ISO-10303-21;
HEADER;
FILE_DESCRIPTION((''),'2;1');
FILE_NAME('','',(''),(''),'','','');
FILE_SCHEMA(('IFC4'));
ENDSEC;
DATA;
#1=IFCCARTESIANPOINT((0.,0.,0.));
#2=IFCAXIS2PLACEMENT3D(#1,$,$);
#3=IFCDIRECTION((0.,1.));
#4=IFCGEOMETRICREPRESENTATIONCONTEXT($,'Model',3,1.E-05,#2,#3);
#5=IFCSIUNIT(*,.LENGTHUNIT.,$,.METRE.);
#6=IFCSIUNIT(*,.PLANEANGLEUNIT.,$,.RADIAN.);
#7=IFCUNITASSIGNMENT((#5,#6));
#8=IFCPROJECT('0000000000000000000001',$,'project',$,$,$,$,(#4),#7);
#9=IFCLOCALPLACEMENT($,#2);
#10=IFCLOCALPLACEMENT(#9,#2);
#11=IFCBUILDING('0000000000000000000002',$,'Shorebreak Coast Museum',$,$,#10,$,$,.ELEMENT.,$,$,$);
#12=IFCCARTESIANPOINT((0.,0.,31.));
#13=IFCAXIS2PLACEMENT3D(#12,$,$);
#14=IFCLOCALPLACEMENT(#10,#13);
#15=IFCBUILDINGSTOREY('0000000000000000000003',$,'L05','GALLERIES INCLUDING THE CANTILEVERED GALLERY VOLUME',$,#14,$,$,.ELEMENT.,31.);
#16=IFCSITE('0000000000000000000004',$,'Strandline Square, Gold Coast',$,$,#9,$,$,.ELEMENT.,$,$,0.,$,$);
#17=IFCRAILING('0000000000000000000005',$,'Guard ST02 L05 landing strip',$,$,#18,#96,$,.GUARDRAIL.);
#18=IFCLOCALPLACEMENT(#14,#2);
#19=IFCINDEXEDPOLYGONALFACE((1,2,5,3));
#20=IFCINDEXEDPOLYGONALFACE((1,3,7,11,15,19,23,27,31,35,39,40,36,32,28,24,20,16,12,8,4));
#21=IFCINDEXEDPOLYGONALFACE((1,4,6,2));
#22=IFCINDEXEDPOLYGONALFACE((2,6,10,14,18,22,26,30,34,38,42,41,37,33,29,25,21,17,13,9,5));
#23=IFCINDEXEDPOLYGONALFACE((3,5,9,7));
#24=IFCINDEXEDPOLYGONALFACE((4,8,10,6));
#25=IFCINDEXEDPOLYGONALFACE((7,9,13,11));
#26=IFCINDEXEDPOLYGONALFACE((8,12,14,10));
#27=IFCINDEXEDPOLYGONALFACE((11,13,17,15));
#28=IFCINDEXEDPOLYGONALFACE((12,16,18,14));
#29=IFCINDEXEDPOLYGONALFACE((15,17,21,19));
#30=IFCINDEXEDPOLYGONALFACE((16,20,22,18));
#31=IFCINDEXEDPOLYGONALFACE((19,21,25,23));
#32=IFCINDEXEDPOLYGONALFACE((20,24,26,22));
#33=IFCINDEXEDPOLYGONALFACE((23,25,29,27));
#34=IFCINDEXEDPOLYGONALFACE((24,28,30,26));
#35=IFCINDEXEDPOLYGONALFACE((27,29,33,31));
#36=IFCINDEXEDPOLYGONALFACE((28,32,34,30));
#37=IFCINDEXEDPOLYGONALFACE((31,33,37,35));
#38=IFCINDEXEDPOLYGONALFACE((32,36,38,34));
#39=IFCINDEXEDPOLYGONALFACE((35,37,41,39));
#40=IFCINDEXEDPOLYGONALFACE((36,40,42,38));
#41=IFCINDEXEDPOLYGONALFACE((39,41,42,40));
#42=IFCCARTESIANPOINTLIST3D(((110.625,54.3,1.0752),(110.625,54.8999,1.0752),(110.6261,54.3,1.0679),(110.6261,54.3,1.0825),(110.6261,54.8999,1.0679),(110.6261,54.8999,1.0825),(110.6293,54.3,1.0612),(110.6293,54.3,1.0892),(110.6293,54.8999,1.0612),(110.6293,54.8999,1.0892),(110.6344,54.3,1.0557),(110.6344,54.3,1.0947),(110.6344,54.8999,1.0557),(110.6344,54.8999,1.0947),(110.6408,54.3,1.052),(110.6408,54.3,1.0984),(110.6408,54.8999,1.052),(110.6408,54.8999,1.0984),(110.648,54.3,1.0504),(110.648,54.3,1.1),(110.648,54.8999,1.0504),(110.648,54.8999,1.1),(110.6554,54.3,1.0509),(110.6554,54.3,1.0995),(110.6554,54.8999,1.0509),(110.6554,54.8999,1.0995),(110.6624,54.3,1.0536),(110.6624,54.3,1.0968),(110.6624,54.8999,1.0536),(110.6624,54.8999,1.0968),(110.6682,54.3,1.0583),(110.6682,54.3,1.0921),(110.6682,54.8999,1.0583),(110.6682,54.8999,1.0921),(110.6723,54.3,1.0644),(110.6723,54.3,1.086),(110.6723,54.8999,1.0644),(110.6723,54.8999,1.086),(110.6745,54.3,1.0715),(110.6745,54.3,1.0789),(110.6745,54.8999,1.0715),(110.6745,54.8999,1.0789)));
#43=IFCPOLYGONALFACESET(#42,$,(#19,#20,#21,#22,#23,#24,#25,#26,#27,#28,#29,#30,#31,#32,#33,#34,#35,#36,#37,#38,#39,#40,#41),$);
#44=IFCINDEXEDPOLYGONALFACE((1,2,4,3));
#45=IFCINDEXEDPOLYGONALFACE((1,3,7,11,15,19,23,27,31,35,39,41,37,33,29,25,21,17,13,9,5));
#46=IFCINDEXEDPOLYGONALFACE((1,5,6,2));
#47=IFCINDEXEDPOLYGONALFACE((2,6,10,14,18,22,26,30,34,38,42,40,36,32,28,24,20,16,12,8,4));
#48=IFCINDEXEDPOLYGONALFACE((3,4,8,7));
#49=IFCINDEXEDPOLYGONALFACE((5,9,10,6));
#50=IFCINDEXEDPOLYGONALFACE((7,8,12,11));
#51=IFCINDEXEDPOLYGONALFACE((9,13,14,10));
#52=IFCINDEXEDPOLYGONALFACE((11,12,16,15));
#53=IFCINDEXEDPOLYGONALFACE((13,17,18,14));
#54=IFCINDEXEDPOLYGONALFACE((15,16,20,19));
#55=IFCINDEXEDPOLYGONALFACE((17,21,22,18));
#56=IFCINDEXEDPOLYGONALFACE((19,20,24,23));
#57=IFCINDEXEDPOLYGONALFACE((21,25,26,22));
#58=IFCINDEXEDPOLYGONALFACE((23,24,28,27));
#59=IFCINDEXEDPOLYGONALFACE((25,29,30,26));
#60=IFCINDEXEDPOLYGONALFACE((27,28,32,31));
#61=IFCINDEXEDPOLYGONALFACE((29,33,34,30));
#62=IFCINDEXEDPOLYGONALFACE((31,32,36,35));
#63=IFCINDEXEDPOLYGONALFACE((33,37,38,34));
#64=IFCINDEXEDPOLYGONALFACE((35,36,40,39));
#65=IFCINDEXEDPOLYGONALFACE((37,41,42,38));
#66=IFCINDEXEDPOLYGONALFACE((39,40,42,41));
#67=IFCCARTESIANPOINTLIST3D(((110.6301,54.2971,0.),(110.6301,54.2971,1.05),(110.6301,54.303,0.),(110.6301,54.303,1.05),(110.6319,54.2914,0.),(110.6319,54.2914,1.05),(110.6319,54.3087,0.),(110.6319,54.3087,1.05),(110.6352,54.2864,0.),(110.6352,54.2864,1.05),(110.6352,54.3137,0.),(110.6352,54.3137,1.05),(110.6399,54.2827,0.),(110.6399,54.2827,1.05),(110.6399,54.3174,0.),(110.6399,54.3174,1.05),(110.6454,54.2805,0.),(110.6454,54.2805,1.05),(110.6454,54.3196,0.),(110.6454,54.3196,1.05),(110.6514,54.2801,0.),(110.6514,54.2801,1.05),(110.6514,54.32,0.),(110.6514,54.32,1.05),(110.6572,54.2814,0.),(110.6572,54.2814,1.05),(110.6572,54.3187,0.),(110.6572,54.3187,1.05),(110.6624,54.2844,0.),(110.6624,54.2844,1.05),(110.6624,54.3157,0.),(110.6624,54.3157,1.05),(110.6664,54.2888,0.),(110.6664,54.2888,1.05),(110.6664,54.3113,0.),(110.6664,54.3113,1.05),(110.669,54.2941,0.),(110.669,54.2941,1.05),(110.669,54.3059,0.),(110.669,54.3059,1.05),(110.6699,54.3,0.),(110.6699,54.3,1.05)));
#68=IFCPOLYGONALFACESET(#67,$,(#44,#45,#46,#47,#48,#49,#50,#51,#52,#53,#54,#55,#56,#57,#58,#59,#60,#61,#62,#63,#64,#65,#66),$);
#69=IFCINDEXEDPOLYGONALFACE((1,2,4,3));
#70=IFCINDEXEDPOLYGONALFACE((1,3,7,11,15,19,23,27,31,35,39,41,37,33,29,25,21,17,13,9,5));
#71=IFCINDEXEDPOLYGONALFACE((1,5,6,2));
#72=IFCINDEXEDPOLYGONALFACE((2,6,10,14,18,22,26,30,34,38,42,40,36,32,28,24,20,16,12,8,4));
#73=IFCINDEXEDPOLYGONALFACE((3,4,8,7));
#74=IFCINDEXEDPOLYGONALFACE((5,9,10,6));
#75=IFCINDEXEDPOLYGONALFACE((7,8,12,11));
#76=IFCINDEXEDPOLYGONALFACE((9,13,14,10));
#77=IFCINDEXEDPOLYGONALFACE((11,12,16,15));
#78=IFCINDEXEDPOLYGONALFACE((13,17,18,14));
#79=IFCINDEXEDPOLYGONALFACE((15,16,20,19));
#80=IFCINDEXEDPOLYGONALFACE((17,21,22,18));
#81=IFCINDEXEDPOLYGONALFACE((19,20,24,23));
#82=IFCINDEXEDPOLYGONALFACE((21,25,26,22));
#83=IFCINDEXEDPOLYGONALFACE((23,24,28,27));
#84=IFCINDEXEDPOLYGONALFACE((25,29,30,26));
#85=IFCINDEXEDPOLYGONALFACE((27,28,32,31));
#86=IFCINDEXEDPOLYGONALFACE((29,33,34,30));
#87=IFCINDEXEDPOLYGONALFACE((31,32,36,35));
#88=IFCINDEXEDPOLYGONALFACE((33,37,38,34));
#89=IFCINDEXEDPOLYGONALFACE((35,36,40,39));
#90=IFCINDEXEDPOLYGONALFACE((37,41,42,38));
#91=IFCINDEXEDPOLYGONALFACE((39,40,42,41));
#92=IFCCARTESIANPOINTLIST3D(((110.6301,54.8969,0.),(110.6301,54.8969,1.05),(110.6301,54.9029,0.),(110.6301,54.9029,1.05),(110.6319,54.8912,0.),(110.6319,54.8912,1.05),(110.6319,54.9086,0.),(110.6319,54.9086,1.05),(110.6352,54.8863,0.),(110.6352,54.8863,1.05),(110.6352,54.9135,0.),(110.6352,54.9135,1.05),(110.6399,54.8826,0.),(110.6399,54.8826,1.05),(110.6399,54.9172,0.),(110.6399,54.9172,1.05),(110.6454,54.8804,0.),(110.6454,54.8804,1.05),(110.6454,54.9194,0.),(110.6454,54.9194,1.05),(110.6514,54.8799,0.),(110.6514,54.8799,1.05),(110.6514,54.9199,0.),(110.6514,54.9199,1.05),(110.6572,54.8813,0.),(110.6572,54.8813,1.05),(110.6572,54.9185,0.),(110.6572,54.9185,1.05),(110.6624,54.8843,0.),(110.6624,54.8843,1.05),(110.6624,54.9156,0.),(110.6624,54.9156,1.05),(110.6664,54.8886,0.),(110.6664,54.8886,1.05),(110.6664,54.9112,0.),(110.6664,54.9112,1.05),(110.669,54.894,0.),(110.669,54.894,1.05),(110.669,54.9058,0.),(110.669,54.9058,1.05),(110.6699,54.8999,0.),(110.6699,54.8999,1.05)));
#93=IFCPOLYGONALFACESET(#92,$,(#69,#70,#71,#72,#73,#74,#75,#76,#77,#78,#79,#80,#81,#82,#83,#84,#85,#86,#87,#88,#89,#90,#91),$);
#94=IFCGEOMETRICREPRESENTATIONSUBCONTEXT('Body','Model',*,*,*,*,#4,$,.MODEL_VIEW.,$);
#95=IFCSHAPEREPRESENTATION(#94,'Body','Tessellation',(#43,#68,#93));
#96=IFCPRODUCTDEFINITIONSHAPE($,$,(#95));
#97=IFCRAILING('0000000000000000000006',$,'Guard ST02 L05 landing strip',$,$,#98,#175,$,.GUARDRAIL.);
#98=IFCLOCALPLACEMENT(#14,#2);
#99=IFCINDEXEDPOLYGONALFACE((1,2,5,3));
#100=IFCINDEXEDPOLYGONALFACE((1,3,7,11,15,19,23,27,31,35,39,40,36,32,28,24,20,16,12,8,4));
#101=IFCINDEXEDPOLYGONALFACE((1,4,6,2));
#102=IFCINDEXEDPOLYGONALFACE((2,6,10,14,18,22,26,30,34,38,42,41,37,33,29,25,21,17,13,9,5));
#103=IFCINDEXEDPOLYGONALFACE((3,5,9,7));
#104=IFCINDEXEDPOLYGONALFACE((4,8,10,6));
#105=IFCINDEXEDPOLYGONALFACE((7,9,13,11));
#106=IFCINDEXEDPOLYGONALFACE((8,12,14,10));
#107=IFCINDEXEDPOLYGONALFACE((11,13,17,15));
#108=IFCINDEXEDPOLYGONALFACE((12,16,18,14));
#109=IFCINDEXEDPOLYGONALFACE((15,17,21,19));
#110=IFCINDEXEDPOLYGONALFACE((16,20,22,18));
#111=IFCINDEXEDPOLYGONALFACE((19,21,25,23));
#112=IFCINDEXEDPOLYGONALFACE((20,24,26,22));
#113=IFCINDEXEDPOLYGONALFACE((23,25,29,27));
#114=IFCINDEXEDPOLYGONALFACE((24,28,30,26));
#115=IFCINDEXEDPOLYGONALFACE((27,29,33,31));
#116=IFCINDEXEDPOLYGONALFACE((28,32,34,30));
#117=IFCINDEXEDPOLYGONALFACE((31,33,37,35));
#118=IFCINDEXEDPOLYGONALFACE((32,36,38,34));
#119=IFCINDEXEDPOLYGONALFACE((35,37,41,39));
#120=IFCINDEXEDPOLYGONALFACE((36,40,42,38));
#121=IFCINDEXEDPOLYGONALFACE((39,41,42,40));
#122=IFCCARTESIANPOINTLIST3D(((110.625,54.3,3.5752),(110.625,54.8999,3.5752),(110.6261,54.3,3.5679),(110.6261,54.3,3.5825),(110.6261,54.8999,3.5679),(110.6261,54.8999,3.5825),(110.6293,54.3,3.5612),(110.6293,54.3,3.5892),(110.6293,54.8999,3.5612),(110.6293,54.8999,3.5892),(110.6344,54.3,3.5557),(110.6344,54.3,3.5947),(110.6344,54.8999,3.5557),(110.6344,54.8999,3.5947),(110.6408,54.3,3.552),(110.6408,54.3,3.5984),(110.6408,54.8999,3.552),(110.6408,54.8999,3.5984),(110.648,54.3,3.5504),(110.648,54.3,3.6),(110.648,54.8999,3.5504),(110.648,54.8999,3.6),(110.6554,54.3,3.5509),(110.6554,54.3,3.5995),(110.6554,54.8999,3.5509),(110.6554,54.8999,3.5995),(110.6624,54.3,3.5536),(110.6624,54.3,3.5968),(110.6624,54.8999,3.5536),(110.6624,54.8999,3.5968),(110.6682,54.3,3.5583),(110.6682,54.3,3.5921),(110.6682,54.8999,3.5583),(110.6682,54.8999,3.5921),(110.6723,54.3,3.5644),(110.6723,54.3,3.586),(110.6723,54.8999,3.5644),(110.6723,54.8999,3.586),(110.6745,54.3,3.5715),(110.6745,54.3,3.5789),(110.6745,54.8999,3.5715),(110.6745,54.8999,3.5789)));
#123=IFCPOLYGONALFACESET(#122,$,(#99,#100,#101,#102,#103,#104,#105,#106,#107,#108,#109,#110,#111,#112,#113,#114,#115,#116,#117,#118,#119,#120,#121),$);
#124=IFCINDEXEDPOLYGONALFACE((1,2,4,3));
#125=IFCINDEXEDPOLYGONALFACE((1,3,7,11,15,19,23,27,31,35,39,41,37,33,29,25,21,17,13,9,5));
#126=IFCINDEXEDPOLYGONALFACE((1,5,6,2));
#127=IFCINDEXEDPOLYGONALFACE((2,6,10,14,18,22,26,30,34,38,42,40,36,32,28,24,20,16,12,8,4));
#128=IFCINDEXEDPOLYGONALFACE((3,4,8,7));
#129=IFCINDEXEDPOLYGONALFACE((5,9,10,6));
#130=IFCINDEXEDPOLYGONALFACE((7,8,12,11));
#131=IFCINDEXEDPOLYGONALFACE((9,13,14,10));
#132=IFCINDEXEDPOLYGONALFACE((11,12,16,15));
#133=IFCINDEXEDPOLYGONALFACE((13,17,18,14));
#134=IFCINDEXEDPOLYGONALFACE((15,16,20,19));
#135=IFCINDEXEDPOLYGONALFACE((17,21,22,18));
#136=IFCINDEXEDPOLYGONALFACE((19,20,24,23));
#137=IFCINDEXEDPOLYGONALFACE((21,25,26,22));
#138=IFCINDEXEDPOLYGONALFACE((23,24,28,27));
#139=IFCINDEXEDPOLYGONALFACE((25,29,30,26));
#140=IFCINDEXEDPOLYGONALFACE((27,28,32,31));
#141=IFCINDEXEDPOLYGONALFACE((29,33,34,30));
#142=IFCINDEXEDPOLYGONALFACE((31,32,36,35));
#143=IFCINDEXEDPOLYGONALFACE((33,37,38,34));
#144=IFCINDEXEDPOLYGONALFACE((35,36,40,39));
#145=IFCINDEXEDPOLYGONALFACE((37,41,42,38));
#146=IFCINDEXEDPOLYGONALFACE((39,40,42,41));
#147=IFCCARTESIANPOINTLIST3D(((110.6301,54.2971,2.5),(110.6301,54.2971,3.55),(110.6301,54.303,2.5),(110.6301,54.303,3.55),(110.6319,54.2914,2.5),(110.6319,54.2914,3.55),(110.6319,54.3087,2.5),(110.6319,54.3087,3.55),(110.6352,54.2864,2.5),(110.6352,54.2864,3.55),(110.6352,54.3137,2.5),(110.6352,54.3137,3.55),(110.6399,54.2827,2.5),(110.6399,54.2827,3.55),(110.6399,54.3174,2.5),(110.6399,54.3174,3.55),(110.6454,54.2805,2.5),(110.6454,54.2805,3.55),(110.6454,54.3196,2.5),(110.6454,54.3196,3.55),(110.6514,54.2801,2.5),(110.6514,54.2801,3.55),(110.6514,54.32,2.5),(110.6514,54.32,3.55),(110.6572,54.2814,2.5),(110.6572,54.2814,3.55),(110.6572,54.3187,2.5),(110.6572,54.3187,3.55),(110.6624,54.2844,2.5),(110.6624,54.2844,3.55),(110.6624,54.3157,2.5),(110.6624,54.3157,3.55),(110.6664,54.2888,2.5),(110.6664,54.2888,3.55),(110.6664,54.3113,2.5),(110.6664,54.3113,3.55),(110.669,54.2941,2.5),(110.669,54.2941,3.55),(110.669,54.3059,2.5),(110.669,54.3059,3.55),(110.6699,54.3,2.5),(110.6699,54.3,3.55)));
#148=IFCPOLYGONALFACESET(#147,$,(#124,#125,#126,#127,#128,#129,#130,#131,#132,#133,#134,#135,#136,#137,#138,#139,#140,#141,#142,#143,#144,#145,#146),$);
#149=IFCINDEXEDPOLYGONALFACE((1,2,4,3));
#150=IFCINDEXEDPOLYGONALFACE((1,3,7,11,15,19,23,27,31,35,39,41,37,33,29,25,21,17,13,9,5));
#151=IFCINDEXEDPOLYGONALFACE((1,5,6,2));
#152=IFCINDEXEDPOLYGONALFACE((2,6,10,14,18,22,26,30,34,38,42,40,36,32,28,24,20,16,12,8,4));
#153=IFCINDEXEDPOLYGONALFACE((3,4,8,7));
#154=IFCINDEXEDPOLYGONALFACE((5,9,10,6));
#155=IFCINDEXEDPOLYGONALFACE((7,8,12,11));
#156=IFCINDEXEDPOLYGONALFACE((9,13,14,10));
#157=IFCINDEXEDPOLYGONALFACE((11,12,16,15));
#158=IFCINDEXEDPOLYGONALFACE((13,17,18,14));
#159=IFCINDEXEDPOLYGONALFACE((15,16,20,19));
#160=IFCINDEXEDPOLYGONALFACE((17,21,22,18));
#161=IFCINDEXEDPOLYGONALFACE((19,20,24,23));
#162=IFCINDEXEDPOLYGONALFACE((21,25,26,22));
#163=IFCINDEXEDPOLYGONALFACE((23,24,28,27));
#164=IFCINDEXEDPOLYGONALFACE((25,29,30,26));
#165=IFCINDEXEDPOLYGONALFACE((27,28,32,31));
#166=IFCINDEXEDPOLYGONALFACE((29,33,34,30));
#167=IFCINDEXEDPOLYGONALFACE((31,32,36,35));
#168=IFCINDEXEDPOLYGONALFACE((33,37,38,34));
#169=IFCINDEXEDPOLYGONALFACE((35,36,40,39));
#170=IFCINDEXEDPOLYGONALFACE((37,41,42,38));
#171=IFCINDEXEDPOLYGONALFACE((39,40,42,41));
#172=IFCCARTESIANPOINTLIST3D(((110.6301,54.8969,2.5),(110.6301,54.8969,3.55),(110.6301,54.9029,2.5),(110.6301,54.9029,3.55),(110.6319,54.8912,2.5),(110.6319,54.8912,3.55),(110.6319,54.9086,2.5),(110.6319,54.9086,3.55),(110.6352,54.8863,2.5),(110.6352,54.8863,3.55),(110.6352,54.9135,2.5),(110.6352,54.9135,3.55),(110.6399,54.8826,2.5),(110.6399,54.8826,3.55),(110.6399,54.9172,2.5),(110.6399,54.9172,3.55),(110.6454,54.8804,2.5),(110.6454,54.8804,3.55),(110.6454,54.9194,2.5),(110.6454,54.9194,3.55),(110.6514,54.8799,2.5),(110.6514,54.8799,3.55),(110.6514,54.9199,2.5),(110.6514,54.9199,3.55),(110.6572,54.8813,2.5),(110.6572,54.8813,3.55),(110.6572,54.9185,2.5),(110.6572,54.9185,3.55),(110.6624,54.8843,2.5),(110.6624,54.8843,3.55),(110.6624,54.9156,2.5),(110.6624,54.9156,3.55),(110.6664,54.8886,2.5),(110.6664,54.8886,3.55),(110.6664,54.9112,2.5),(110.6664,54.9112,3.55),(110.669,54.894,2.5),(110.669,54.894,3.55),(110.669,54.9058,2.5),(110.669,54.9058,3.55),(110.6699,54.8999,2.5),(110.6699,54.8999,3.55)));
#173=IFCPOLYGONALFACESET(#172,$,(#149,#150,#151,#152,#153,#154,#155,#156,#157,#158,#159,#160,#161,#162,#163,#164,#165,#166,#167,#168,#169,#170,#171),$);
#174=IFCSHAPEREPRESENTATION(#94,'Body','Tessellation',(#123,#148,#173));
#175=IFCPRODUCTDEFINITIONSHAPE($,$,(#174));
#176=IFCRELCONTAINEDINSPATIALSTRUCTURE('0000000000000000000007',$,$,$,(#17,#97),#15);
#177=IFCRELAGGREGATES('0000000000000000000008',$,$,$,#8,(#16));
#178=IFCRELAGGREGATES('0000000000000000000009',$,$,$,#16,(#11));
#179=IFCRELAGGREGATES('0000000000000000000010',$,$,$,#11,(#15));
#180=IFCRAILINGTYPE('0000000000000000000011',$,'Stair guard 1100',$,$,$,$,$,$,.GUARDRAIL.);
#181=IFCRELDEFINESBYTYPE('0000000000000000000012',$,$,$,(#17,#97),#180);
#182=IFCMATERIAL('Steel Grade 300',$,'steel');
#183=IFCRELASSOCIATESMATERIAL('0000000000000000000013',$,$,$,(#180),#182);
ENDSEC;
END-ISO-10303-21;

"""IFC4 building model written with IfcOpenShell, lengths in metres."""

from ifc_helpers import new_model, si_unit, direction, frame, origin, origin_2d, place, context, subcontext, project, spatial, circle, extrude, material, type_object, element, save


model = new_model("IFC4")

# Units and contexts
model_context = context("Model", 3, precision=1e-05, world=origin(), true_north=direction((0.0, 1.0)))
body_context = subcontext(model_context, "Body", "Model", "MODEL_VIEW")
ifc_project = project(units=[si_unit("LENGTHUNIT", "METRE"), si_unit("PLANEANGLEUNIT", "RADIAN")], contexts=[model_context])

# Site, building, storey
site_placement = place(None, origin())
site = spatial("IfcSite", under=ifc_project, at=site_placement, Name="Strandline Square, Gold Coast", CompositionType="ELEMENT", RefElevation=0.0)
building_placement = place(site_placement, origin())
building = spatial("IfcBuilding", under=site, at=building_placement, Name="Shorebreak Coast Museum", CompositionType="ELEMENT")
storey_placement = place(building_placement, frame((0.0, 0.0, 31.0)))
storey = spatial("IfcBuildingStorey", under=building, at=storey_placement, Name="L05", Description="GALLERIES INCLUDING THE CANTILEVERED GALLERY VOLUME", CompositionType="ELEMENT", Elevation=31.0)

# Railings
ifc_material_1 = material(Name="Steel Grade 300", Category="steel")
railing_type_1 = type_object("IfcRailingType", Name="Stair guard 1100", PredefinedType="GUARDRAIL", material=ifc_material_1)
for number, where, name in (
    (1, (110.6499, 54.3, 0.0), "Guard ST02 L05 landing strip"),
    (2, (110.6499, 54.3, 2.5), "Guard ST02 L05 landing strip"),
):
    element("IfcRailing", number, at=place(storey_placement, frame(where)), inside=storey, type_object=railing_type_1, Name=name, PredefinedType="GUARDRAIL", context=body_context, shape_type="SweptSolid", body=[
        extrude(circle(Radius=0.0249, at=origin_2d()), frame((0.0, 0.0, 1.0752), z_axis=(0.0, 1.0, 0.0), x_axis=(-1.0, 0.0, 0.0)), (0.0, 0.0, 1.0), 0.5999),
        extrude(circle(Radius=0.02, at=origin_2d()), origin(), (0.0, 0.0, 1.0), 1.05),
        extrude(circle(Radius=0.02, at=origin_2d()), frame((0.0, 0.5999, 0.0)), (0.0, 0.0, 1.0), 1.05),
    ])

save(model, "model.ifc")
